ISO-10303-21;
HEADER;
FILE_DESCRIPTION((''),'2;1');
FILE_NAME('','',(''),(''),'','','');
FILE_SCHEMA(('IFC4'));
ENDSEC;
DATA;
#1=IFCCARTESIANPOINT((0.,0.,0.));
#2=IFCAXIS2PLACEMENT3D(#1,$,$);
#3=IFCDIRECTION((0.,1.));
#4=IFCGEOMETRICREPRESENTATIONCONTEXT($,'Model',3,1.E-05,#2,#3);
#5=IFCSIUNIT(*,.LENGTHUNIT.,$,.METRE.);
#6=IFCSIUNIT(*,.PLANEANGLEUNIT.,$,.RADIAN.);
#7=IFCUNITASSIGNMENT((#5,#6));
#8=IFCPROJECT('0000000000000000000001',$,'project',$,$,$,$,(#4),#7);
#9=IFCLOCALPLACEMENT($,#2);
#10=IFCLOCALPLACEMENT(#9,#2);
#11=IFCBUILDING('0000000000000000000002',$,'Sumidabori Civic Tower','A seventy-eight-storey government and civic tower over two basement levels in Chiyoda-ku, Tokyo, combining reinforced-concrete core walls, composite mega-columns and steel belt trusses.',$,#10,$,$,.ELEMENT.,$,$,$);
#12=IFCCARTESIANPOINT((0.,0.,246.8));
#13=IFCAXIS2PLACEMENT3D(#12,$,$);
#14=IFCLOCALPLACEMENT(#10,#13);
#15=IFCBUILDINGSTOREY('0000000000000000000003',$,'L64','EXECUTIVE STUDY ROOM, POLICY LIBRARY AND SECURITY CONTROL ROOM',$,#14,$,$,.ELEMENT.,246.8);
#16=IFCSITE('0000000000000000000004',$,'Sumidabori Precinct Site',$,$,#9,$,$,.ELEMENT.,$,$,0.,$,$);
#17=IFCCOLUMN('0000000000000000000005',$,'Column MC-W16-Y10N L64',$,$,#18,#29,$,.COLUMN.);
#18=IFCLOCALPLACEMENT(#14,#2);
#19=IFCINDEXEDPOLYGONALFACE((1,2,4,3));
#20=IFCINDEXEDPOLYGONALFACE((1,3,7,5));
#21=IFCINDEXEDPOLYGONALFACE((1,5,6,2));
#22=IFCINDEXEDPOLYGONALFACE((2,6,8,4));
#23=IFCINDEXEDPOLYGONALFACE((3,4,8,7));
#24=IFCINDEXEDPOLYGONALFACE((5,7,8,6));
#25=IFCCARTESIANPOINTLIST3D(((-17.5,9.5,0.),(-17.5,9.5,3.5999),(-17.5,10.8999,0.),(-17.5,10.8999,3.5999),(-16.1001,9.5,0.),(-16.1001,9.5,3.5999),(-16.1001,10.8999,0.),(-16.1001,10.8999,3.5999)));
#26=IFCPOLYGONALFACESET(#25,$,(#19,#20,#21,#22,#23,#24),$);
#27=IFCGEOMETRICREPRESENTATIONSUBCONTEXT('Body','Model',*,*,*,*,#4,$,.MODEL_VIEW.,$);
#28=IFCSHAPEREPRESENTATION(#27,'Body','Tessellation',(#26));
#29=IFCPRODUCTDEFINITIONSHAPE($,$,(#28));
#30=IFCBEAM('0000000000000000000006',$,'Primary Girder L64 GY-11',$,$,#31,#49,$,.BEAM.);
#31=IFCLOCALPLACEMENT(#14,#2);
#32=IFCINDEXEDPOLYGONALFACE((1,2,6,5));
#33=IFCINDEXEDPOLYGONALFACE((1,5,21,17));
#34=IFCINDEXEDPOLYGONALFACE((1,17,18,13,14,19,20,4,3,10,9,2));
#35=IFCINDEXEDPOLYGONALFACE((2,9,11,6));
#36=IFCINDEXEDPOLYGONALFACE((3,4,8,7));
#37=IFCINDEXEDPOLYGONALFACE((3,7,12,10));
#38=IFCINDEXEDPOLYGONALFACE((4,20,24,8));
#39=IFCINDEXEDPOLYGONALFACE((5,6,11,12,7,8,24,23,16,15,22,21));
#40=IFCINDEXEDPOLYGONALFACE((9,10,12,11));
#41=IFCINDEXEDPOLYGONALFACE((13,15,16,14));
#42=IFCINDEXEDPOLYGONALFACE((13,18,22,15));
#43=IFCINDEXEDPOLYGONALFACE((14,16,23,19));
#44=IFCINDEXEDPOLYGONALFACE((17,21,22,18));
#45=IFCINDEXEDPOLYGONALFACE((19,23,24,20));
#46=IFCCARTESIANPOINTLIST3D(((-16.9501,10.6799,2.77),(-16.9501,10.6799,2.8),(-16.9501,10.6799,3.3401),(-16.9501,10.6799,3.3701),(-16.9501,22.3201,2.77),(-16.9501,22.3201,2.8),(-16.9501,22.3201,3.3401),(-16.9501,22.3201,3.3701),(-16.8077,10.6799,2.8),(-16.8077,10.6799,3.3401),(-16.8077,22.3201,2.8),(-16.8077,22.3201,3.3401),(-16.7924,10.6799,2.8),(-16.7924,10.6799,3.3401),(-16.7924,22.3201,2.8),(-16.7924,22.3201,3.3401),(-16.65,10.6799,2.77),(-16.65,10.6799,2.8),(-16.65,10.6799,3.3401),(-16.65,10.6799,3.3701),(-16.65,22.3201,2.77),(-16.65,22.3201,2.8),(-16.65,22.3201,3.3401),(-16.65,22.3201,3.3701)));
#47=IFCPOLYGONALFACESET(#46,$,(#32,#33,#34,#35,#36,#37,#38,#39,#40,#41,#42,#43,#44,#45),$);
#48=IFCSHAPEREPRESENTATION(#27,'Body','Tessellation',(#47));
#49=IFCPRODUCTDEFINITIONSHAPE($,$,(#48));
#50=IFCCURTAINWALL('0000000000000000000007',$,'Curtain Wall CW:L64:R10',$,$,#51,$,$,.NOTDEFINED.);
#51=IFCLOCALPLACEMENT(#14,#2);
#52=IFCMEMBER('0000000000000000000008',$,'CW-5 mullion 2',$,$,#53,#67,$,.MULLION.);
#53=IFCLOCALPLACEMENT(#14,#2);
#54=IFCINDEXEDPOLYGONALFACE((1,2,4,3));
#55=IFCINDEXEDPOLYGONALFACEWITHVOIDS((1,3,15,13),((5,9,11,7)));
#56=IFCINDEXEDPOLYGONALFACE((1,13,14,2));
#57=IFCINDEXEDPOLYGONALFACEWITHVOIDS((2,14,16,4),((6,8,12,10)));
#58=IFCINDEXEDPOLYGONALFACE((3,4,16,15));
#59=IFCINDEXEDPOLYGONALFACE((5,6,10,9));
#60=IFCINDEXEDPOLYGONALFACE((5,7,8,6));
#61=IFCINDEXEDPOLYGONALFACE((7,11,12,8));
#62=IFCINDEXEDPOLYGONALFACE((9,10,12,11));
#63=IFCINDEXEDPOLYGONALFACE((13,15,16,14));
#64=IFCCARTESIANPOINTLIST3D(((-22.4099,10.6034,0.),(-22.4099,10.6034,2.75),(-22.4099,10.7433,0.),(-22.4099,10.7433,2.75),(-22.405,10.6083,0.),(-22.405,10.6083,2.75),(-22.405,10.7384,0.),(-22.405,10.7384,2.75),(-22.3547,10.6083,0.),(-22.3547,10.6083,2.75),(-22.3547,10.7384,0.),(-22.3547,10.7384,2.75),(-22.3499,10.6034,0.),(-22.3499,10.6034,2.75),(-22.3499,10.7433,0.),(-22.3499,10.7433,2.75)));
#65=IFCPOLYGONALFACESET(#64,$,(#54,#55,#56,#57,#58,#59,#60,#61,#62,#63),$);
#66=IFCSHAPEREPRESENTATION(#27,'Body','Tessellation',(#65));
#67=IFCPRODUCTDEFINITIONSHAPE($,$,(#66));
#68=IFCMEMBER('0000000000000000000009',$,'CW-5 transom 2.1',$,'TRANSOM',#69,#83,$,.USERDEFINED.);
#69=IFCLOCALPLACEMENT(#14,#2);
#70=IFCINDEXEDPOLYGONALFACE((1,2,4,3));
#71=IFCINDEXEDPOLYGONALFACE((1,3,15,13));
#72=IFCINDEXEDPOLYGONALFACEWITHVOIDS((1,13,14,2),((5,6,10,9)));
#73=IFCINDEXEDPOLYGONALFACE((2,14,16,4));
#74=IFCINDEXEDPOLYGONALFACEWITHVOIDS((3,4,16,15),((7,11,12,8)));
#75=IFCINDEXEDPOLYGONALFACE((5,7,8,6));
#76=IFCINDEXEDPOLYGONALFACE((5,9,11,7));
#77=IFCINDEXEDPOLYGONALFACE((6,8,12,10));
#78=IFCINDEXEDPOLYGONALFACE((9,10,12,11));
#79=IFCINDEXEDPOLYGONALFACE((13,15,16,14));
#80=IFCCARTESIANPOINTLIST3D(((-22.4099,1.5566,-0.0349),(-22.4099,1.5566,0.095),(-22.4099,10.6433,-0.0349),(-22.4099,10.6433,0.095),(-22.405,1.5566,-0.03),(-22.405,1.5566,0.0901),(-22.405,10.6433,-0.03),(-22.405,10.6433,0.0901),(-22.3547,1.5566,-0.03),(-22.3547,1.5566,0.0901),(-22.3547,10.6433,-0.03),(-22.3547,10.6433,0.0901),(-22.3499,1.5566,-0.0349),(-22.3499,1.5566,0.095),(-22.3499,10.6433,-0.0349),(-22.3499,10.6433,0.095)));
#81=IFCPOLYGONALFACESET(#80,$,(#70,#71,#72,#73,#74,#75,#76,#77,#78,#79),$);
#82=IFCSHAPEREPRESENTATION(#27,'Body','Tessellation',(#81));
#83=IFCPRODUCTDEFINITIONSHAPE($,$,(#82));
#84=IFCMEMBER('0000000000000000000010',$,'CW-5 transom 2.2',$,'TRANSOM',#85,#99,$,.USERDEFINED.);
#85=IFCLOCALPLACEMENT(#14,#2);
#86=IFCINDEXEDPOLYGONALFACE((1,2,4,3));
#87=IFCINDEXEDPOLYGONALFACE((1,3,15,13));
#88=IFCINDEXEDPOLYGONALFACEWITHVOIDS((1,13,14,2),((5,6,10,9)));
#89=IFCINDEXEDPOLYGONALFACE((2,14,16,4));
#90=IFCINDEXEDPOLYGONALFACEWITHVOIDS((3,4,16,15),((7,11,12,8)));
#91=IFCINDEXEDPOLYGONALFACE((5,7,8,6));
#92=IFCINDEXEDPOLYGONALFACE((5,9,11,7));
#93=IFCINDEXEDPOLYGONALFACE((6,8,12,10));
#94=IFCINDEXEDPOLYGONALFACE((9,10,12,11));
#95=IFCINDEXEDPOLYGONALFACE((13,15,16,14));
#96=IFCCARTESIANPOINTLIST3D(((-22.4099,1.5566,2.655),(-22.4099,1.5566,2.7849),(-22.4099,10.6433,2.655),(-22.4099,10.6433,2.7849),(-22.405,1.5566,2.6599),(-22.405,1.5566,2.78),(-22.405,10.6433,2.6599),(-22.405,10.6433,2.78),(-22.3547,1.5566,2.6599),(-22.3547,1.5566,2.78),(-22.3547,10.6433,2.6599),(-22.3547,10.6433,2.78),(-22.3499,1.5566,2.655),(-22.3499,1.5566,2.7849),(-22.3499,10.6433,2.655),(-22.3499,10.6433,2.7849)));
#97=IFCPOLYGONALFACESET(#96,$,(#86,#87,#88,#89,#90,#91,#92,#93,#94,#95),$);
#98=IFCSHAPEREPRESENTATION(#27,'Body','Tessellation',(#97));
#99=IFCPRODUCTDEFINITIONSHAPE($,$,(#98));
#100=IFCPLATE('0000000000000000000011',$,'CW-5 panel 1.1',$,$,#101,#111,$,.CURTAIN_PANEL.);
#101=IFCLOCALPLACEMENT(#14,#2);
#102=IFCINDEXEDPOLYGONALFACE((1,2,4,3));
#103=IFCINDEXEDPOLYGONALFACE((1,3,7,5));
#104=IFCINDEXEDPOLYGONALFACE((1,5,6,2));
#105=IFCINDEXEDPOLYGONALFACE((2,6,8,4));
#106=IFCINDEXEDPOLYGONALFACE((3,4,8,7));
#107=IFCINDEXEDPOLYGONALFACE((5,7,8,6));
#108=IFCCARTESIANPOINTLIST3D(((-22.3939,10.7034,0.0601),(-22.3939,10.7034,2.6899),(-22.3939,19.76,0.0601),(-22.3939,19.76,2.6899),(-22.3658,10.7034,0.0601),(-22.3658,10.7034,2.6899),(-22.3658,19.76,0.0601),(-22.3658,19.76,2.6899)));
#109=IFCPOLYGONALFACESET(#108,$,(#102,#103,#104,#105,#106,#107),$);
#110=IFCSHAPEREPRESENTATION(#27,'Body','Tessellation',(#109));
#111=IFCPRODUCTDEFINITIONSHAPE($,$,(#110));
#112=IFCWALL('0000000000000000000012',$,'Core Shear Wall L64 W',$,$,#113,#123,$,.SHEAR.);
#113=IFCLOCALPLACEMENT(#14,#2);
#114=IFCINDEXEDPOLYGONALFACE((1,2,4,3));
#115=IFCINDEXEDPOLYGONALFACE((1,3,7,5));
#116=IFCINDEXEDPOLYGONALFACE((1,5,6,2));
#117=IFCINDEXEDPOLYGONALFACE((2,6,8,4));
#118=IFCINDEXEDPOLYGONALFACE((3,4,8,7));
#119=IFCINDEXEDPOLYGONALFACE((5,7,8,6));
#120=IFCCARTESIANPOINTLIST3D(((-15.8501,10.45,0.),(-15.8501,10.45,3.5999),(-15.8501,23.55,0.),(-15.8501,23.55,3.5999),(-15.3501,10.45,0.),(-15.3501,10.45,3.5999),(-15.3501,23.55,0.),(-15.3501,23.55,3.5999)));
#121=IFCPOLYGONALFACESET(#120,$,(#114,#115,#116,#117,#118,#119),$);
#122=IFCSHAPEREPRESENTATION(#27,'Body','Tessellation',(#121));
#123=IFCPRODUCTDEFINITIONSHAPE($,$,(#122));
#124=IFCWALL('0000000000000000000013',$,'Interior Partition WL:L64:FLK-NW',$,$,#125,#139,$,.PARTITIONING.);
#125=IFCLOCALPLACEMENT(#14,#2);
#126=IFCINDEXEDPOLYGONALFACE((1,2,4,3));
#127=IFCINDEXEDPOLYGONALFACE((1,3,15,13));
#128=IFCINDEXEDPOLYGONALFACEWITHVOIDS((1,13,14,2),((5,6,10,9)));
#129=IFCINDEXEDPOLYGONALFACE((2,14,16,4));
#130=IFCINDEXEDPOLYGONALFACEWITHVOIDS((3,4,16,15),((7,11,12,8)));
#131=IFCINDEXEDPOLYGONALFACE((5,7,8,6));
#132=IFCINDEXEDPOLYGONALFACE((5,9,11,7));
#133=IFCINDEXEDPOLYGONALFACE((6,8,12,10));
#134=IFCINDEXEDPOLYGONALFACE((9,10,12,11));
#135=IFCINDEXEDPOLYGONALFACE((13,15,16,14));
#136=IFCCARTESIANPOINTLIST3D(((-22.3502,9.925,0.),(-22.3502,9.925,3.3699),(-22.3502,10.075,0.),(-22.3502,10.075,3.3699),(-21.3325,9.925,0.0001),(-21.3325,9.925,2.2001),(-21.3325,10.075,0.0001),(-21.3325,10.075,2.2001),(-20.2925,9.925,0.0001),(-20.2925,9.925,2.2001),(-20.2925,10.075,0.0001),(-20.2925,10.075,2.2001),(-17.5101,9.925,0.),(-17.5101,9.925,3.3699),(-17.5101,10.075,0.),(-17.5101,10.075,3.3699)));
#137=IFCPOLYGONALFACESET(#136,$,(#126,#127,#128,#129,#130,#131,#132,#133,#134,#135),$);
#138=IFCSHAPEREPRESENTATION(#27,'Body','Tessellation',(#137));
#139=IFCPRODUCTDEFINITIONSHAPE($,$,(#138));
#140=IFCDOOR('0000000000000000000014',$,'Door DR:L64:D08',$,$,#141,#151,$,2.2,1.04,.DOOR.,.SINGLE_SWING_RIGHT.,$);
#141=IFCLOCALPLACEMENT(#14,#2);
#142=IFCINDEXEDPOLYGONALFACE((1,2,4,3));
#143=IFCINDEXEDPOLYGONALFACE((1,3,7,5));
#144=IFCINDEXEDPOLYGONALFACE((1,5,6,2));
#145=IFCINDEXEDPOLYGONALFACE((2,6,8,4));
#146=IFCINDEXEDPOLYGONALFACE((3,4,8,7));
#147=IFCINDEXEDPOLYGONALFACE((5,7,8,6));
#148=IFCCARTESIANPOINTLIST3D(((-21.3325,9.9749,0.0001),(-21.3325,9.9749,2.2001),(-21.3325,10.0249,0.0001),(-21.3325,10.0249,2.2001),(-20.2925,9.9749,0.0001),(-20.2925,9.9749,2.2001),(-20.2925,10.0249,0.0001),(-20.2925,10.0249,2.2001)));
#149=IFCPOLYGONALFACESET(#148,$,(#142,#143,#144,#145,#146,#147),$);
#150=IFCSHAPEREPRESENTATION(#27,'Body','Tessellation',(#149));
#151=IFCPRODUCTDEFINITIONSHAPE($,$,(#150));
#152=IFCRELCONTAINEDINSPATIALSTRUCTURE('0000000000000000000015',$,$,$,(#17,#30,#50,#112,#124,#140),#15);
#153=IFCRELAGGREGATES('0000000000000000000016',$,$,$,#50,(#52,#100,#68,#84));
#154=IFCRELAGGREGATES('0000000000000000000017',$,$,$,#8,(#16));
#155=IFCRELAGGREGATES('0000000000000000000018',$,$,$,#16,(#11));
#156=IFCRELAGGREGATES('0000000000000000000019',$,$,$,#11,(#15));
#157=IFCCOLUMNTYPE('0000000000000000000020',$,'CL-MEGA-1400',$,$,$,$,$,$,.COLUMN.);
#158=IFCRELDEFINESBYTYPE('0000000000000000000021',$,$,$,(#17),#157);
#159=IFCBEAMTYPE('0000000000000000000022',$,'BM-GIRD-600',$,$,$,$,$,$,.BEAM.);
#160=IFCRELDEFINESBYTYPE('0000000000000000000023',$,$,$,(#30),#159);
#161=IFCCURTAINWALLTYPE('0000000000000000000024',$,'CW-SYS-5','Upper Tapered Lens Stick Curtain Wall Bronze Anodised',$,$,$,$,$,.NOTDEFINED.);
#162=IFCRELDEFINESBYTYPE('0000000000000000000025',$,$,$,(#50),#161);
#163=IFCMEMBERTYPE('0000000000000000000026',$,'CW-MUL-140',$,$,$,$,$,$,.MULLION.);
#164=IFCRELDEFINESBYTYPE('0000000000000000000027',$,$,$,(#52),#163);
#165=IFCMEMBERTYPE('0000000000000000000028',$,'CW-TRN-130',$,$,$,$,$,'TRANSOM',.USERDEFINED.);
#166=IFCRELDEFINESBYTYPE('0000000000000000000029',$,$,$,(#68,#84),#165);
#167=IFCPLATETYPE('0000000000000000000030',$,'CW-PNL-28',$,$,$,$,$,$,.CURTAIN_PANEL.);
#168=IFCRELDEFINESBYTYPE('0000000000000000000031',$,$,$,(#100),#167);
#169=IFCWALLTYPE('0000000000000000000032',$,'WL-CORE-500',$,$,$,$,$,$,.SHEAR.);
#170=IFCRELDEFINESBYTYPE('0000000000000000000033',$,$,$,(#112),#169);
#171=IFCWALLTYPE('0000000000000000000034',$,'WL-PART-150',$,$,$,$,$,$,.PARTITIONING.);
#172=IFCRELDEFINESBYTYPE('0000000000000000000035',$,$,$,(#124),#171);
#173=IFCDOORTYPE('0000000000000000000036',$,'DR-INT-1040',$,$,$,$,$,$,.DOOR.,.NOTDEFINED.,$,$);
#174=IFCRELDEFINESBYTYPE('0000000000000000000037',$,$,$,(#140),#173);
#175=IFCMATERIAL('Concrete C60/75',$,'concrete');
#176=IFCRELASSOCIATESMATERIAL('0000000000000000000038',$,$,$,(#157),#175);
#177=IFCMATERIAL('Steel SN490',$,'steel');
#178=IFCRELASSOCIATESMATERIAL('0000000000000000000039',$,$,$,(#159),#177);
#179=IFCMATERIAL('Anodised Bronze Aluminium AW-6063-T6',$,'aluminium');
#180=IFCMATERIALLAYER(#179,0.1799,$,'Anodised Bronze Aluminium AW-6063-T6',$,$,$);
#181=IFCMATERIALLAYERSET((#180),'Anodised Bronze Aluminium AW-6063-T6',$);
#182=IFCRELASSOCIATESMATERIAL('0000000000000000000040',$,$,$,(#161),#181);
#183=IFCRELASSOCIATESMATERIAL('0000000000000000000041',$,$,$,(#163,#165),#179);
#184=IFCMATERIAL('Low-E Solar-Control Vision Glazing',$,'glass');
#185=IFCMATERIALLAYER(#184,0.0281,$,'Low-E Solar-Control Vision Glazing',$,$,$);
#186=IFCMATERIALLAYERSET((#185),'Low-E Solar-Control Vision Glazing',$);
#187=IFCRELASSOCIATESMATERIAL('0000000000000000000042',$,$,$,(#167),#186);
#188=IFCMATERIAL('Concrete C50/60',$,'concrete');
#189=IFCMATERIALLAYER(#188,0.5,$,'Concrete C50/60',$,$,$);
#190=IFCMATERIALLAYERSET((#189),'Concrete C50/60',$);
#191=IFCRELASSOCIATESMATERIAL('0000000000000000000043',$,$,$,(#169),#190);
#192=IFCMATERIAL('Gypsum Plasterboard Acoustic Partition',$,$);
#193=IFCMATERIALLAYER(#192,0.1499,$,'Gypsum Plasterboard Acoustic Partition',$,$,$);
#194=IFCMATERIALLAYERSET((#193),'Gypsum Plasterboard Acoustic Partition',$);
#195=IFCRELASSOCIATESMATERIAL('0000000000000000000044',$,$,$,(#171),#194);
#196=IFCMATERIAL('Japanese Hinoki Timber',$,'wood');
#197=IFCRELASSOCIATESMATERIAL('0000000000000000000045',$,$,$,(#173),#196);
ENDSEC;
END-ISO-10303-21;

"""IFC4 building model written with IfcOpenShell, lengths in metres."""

from ifc_helpers import new_model, si_unit, direction, frame, frame_2d, origin, origin_2d, place, context, subcontext, project, spatial, rectangle, hollow_rectangle, i_section, extrude, source, transform, mapped, material, layer, layer_set, material_profile, profile_set, type_object, element, fill, aggregate, save


model = new_model("IFC4")

# Units and contexts
model_context = context("Model", 3, precision=1e-05, world=origin(), true_north=direction((0.0, 1.0)))
body_context = subcontext(model_context, "Body", "Model", "MODEL_VIEW")
ifc_project = project(units=[si_unit("LENGTHUNIT", "METRE"), si_unit("PLANEANGLEUNIT", "RADIAN")], contexts=[model_context])

# Site, building, storey
site_placement = place(None, origin())
site = spatial("IfcSite", under=ifc_project, at=site_placement, Name="Sumidabori Precinct Site", CompositionType="ELEMENT", RefElevation=0.0)
building_placement = place(site_placement, origin())
building = spatial("IfcBuilding", under=site, at=building_placement, Name="Sumidabori Civic Tower", Description="A seventy-eight-storey government and civic tower over two basement levels in Chiyoda-ku, Tokyo, combining reinforced-concrete core walls, composite mega-columns and steel belt trusses.", CompositionType="ELEMENT")
storey_placement = place(building_placement, frame((0.0, 0.0, 246.8)))
storey = spatial("IfcBuildingStorey", under=building, at=storey_placement, Name="L64", Description="EXECUTIVE STUDY ROOM, POLICY LIBRARY AND SECURITY CONTROL ROOM", CompositionType="ELEMENT", Elevation=246.8)

# Column
ifc_material_1 = material(Name="Concrete C60/75", Category="concrete")
ifc_material_profile_1 = material_profile(ifc_material_1, rectangle(XDim=1.3999, YDim=1.3999, at=origin_2d()), Name="RC 1400x1400")
ifc_profile_set_1 = profile_set([ifc_material_profile_1], Name="Concrete C60/75")
column_type = type_object("IfcColumnType", Name="CL-MEGA-1400", PredefinedType="COLUMN", material=ifc_profile_set_1)
shared_shape_1 = source(origin(), body_context, "Body", "SweptSolid", [
    extrude(rectangle(XDim=1.3999, YDim=1.3999, at=origin_2d()), origin(), (0.0, 0.0, 1.0), 3.5999),
])
column_placement = place(storey_placement, frame((-16.8, 10.2, 0.0), z_axis=(0.0, 0.0, 1.0), x_axis=(1.0, 0.0, 0.0)))
element("IfcColumn", 1, at=column_placement, inside=storey, type_object=column_type, Name="Column MC-W16-Y10N L64", PredefinedType="COLUMN", context=body_context, shape_type="MappedRepresentation", body=[
    mapped(shared_shape_1, transform((0.0, 0.0, 0.0), x_axis=(1.0, 0.0, 0.0), y_axis=(0.0, 1.0, 0.0), z_axis=(0.0, 0.0, 1.0), scale=1.0)),
])

# Beam
ifc_material_2 = material(Name="Steel SN490", Category="steel")
ifc_material_profile_2 = material_profile(ifc_material_2, i_section(OverallWidth=0.3, OverallDepth=0.6001, WebThickness=0.0154, FlangeThickness=0.03, at=origin_2d()), Name="HE 600 B")
ifc_profile_set_2 = profile_set([ifc_material_profile_2], Name="Steel SN490")
beam_type = type_object("IfcBeamType", Name="BM-GIRD-600", PredefinedType="BEAM", material=ifc_profile_set_2)
shared_shape_2 = source(origin(), body_context, "Body", "SweptSolid", [
    extrude(i_section(OverallWidth=0.3, OverallDepth=0.6001, WebThickness=0.0154, FlangeThickness=0.03, at=origin_2d()), origin(), (0.0, 0.0, 1.0), 11.6401),
])
beam_placement = place(storey_placement, frame((-16.8, 10.6799, 3.0701), z_axis=(0.0, 1.0, 0.0), x_axis=(-1.0, 0.0, 0.0)))
element("IfcBeam", 2, at=beam_placement, inside=storey, type_object=beam_type, Name="Primary Girder L64 GY-11", PredefinedType="BEAM", context=body_context, shape_type="MappedRepresentation", body=[
    mapped(shared_shape_2, transform((0.0, 0.0, 0.0), x_axis=(1.0, 0.0, 0.0), y_axis=(0.0, 1.0, 0.0), z_axis=(0.0, 0.0, 1.0), scale=1.0)),
])

# Curtain wall, members, plate
ifc_material_3 = material(Name="Anodised Bronze Aluminium AW-6063-T6", Category="aluminium")
ifc_layer_1 = layer(ifc_material_3, 0.1799, Name="Anodised Bronze Aluminium AW-6063-T6")
ifc_layer_set_1 = layer_set([ifc_layer_1], Name="Anodised Bronze Aluminium AW-6063-T6")
curtain_wall_type = type_object("IfcCurtainWallType", Name="CW-SYS-5", Description="Upper Tapered Lens Stick Curtain Wall Bronze Anodised", PredefinedType="NOTDEFINED", material=ifc_layer_set_1)
curtain_wall_placement = place(storey_placement, origin())
curtain_wall = element("IfcCurtainWall", 3, at=curtain_wall_placement, inside=storey, type_object=curtain_wall_type, Name="Curtain Wall CW:L64:R10", PredefinedType="NOTDEFINED")
ifc_material_profile_3 = material_profile(ifc_material_3, hollow_rectangle(XDim=0.0601, YDim=0.1399, WallThickness=0.0049, at=origin_2d()), Name="ALU MULLION 140x60")
ifc_profile_set_3 = profile_set([ifc_material_profile_3], Name="Anodised Bronze Aluminium AW-6063-T6")
member_type_1 = type_object("IfcMemberType", Name="CW-MUL-140", PredefinedType="MULLION", material=ifc_profile_set_3)
shared_shape_3 = source(origin(), body_context, "Body", "SweptSolid", [
    extrude(hollow_rectangle(XDim=0.0601, YDim=0.1399, WallThickness=0.0049, at=origin_2d()), origin(), (0.0, 0.0, 1.0), 2.75),
])
member_1_placement = place(storey_placement, frame((-22.3799, 10.6733, 0.0), z_axis=(0.0, 0.0, 1.0), x_axis=(1.0, 0.0, 0.0)))
member_1 = element("IfcMember", 4, at=member_1_placement, type_object=member_type_1, Name="CW-5 mullion 2", PredefinedType="MULLION", context=body_context, shape_type="MappedRepresentation", body=[
    mapped(shared_shape_3, transform((0.0, 0.0, 0.0), x_axis=(1.0, 0.0, 0.0), y_axis=(0.0, 1.0, 0.0), z_axis=(0.0, 0.0, 1.0), scale=1.0)),
])
ifc_material_profile_4 = material_profile(ifc_material_3, hollow_rectangle(XDim=0.0601, YDim=0.1299, WallThickness=0.0049, at=origin_2d()), Name="ALU TRANSOM 130x60")
ifc_profile_set_4 = profile_set([ifc_material_profile_4], Name="Anodised Bronze Aluminium AW-6063-T6")
member_type_2 = type_object("IfcMemberType", Name="CW-TRN-130", ElementType="TRANSOM", PredefinedType="USERDEFINED", material=ifc_profile_set_4)
shared_shape_4 = source(origin(), body_context, "Body", "SweptSolid", [
    extrude(hollow_rectangle(XDim=0.0601, YDim=0.1299, WallThickness=0.0049, at=origin_2d()), origin(), (0.0, 0.0, 1.0), 9.0867),
])
member_2_placement = place(storey_placement, frame((-22.3799, 10.6433, 0.03), z_axis=(0.0, -1.0, 0.0), x_axis=(1.0, 0.0, 0.0)))
member_2 = element("IfcMember", 5, at=member_2_placement, type_object=member_type_2, Name="CW-5 transom 2.1", ObjectType="TRANSOM", PredefinedType="USERDEFINED", context=body_context, shape_type="MappedRepresentation", body=[
    mapped(shared_shape_4, transform((0.0, 0.0, 0.0), x_axis=(1.0, 0.0, 0.0), y_axis=(0.0, 1.0, 0.0), z_axis=(0.0, 0.0, 1.0), scale=1.0)),
])
member_3_placement = place(storey_placement, frame((-22.3799, 10.6433, 2.72), z_axis=(0.0, -1.0, 0.0), x_axis=(1.0, 0.0, 0.0)))
member_3 = element("IfcMember", 6, at=member_3_placement, type_object=member_type_2, Name="CW-5 transom 2.2", ObjectType="TRANSOM", PredefinedType="USERDEFINED", context=body_context, shape_type="MappedRepresentation", body=[
    mapped(shared_shape_4, transform((0.0, 0.0, 0.0), x_axis=(1.0, 0.0, 0.0), y_axis=(0.0, 1.0, 0.0), z_axis=(0.0, 0.0, 1.0), scale=1.0)),
])
ifc_material_4 = material(Name="Low-E Solar-Control Vision Glazing", Category="glass")
ifc_layer_2 = layer(ifc_material_4, 0.0281, Name="Low-E Solar-Control Vision Glazing")
ifc_layer_set_2 = layer_set([ifc_layer_2], Name="Low-E Solar-Control Vision Glazing")
plate_type = type_object("IfcPlateType", Name="CW-PNL-28", PredefinedType="CURTAIN_PANEL", material=ifc_layer_set_2)
shared_shape_5 = source(origin(), body_context, "Body", "SweptSolid", [
    extrude(rectangle(XDim=9.0566, YDim=0.0281, at=origin_2d()), origin(), (0.0, 0.0, 1.0), 2.6299),
])
plate_placement = place(storey_placement, frame((-22.3799, 15.2317, 0.0601), z_axis=(0.0, 0.0, 1.0), x_axis=(0.0, -1.0, 0.0)))
plate = element("IfcPlate", 7, at=plate_placement, type_object=plate_type, Name="CW-5 panel 1.1", PredefinedType="CURTAIN_PANEL", context=body_context, shape_type="MappedRepresentation", body=[
    mapped(shared_shape_5, transform((0.0, 0.0, 0.0), x_axis=(1.0, 0.0, 0.0), y_axis=(0.0, 1.0, 0.0), z_axis=(0.0, 0.0, 1.0), scale=1.0)),
])
aggregate(curtain_wall, [member_1, plate, member_2, member_3])

# Shared definitions
ifc_material_5 = material(Name="Concrete C50/60", Category="concrete")
ifc_layer_3 = layer(ifc_material_5, 0.5, Name="Concrete C50/60")
ifc_layer_set_3 = layer_set([ifc_layer_3], Name="Concrete C50/60")
wall_type_1 = type_object("IfcWallType", Name="WL-CORE-500", PredefinedType="SHEAR", material=ifc_layer_set_3)

# Wall
shared_shape_6 = source(origin(), body_context, "Body", "SweptSolid", [
    extrude(rectangle(XDim=13.1001, YDim=0.5, at=frame_2d((6.55, 0.0))), origin(), (0.0, 0.0, 1.0), 3.5999),
])
wall_1_placement = place(storey_placement, frame((-15.6001, 10.45, 0.0), z_axis=(0.0, 0.0, 1.0), x_axis=(0.0, 1.0, 0.0)))
element("IfcWall", 8, at=wall_1_placement, inside=storey, type_object=wall_type_1, Name="Core Shear Wall L64 W", PredefinedType="SHEAR", context=body_context, shape_type="MappedRepresentation", body=[
    mapped(shared_shape_6, transform((0.0, 0.0, 0.0), x_axis=(1.0, 0.0, 0.0), y_axis=(0.0, 1.0, 0.0), z_axis=(0.0, 0.0, 1.0), scale=1.0)),
])

# Wall, opening, door
ifc_material_6 = material(Name="Gypsum Plasterboard Acoustic Partition")
ifc_layer_4 = layer(ifc_material_6, 0.1499, Name="Gypsum Plasterboard Acoustic Partition")
ifc_layer_set_4 = layer_set([ifc_layer_4], Name="Gypsum Plasterboard Acoustic Partition")
wall_type_2 = type_object("IfcWallType", Name="WL-PART-150", PredefinedType="PARTITIONING", material=ifc_layer_set_4)
shared_shape_7 = source(origin(), body_context, "Body", "SweptSolid", [
    extrude(rectangle(XDim=4.8401, YDim=0.1499, at=frame_2d((2.4199, 0.0))), origin(), (0.0, 0.0, 1.0), 3.3699),
])
wall_2_placement = place(storey_placement, frame((-22.3501, 10.0, 0.0), z_axis=(0.0, 0.0, 1.0), x_axis=(1.0, 0.0, 0.0)))
wall_2 = element("IfcWall", 9, at=wall_2_placement, inside=storey, type_object=wall_type_2, Name="Interior Partition WL:L64:FLK-NW", PredefinedType="PARTITIONING", context=body_context, shape_type="MappedRepresentation", body=[
    mapped(shared_shape_7, transform((0.0, 0.0, 0.0), x_axis=(1.0, 0.0, 0.0), y_axis=(0.0, 1.0, 0.0), z_axis=(0.0, 0.0, 1.0), scale=1.0)),
])
opening_1_placement = place(wall_2_placement, frame((1.0176, 0.0, 0.0)))
opening_1 = element("IfcOpeningElement", 10, at=opening_1_placement, cuts=wall_2, PredefinedType="OPENING", context=body_context, shape_type="SweptSolid", body=[
    extrude(rectangle(XDim=1.04, YDim=2.2, at=frame_2d((0.52, 1.1001))), frame((0.0, 0.0869, 0.0), z_axis=(0.0, -1.0, 0.0), x_axis=(1.0, 0.0, 0.0)), (0.0, 0.0, 1.0), 0.1738),
])
ifc_material_7 = material(Name="Japanese Hinoki Timber", Category="wood")
door_type_1 = type_object("IfcDoorType", Name="DR-INT-1040", OperationType="NOTDEFINED", PredefinedType="DOOR", material=ifc_material_7)
shared_shape_8 = source(origin(), body_context, "Body", "SweptSolid", [
    extrude(rectangle(XDim=1.04, YDim=2.2, at=frame_2d((0.52, 1.1001))), frame((0.0, 0.0249, 0.0), z_axis=(0.0, -1.0, 0.0), x_axis=(1.0, 0.0, 0.0)), (0.0, 0.0, 1.0), 0.05),
])
door_1_placement = place(opening_1_placement, origin())
door_1 = element("IfcDoor", 11, at=door_1_placement, inside=storey, type_object=door_type_1, Name="Door DR:L64:D08", OperationType="SINGLE_SWING_RIGHT", OverallHeight=2.2, OverallWidth=1.04, PredefinedType="DOOR", context=body_context, shape_type="MappedRepresentation", body=[
    mapped(shared_shape_8, transform((0.0, 0.0, 0.0), x_axis=(1.0, 0.0, 0.0), y_axis=(0.0, 1.0, 0.0), z_axis=(0.0, 0.0, 1.0), scale=1.0)),
])
fill(opening_1, door_1)

save(model, "model.ifc")
